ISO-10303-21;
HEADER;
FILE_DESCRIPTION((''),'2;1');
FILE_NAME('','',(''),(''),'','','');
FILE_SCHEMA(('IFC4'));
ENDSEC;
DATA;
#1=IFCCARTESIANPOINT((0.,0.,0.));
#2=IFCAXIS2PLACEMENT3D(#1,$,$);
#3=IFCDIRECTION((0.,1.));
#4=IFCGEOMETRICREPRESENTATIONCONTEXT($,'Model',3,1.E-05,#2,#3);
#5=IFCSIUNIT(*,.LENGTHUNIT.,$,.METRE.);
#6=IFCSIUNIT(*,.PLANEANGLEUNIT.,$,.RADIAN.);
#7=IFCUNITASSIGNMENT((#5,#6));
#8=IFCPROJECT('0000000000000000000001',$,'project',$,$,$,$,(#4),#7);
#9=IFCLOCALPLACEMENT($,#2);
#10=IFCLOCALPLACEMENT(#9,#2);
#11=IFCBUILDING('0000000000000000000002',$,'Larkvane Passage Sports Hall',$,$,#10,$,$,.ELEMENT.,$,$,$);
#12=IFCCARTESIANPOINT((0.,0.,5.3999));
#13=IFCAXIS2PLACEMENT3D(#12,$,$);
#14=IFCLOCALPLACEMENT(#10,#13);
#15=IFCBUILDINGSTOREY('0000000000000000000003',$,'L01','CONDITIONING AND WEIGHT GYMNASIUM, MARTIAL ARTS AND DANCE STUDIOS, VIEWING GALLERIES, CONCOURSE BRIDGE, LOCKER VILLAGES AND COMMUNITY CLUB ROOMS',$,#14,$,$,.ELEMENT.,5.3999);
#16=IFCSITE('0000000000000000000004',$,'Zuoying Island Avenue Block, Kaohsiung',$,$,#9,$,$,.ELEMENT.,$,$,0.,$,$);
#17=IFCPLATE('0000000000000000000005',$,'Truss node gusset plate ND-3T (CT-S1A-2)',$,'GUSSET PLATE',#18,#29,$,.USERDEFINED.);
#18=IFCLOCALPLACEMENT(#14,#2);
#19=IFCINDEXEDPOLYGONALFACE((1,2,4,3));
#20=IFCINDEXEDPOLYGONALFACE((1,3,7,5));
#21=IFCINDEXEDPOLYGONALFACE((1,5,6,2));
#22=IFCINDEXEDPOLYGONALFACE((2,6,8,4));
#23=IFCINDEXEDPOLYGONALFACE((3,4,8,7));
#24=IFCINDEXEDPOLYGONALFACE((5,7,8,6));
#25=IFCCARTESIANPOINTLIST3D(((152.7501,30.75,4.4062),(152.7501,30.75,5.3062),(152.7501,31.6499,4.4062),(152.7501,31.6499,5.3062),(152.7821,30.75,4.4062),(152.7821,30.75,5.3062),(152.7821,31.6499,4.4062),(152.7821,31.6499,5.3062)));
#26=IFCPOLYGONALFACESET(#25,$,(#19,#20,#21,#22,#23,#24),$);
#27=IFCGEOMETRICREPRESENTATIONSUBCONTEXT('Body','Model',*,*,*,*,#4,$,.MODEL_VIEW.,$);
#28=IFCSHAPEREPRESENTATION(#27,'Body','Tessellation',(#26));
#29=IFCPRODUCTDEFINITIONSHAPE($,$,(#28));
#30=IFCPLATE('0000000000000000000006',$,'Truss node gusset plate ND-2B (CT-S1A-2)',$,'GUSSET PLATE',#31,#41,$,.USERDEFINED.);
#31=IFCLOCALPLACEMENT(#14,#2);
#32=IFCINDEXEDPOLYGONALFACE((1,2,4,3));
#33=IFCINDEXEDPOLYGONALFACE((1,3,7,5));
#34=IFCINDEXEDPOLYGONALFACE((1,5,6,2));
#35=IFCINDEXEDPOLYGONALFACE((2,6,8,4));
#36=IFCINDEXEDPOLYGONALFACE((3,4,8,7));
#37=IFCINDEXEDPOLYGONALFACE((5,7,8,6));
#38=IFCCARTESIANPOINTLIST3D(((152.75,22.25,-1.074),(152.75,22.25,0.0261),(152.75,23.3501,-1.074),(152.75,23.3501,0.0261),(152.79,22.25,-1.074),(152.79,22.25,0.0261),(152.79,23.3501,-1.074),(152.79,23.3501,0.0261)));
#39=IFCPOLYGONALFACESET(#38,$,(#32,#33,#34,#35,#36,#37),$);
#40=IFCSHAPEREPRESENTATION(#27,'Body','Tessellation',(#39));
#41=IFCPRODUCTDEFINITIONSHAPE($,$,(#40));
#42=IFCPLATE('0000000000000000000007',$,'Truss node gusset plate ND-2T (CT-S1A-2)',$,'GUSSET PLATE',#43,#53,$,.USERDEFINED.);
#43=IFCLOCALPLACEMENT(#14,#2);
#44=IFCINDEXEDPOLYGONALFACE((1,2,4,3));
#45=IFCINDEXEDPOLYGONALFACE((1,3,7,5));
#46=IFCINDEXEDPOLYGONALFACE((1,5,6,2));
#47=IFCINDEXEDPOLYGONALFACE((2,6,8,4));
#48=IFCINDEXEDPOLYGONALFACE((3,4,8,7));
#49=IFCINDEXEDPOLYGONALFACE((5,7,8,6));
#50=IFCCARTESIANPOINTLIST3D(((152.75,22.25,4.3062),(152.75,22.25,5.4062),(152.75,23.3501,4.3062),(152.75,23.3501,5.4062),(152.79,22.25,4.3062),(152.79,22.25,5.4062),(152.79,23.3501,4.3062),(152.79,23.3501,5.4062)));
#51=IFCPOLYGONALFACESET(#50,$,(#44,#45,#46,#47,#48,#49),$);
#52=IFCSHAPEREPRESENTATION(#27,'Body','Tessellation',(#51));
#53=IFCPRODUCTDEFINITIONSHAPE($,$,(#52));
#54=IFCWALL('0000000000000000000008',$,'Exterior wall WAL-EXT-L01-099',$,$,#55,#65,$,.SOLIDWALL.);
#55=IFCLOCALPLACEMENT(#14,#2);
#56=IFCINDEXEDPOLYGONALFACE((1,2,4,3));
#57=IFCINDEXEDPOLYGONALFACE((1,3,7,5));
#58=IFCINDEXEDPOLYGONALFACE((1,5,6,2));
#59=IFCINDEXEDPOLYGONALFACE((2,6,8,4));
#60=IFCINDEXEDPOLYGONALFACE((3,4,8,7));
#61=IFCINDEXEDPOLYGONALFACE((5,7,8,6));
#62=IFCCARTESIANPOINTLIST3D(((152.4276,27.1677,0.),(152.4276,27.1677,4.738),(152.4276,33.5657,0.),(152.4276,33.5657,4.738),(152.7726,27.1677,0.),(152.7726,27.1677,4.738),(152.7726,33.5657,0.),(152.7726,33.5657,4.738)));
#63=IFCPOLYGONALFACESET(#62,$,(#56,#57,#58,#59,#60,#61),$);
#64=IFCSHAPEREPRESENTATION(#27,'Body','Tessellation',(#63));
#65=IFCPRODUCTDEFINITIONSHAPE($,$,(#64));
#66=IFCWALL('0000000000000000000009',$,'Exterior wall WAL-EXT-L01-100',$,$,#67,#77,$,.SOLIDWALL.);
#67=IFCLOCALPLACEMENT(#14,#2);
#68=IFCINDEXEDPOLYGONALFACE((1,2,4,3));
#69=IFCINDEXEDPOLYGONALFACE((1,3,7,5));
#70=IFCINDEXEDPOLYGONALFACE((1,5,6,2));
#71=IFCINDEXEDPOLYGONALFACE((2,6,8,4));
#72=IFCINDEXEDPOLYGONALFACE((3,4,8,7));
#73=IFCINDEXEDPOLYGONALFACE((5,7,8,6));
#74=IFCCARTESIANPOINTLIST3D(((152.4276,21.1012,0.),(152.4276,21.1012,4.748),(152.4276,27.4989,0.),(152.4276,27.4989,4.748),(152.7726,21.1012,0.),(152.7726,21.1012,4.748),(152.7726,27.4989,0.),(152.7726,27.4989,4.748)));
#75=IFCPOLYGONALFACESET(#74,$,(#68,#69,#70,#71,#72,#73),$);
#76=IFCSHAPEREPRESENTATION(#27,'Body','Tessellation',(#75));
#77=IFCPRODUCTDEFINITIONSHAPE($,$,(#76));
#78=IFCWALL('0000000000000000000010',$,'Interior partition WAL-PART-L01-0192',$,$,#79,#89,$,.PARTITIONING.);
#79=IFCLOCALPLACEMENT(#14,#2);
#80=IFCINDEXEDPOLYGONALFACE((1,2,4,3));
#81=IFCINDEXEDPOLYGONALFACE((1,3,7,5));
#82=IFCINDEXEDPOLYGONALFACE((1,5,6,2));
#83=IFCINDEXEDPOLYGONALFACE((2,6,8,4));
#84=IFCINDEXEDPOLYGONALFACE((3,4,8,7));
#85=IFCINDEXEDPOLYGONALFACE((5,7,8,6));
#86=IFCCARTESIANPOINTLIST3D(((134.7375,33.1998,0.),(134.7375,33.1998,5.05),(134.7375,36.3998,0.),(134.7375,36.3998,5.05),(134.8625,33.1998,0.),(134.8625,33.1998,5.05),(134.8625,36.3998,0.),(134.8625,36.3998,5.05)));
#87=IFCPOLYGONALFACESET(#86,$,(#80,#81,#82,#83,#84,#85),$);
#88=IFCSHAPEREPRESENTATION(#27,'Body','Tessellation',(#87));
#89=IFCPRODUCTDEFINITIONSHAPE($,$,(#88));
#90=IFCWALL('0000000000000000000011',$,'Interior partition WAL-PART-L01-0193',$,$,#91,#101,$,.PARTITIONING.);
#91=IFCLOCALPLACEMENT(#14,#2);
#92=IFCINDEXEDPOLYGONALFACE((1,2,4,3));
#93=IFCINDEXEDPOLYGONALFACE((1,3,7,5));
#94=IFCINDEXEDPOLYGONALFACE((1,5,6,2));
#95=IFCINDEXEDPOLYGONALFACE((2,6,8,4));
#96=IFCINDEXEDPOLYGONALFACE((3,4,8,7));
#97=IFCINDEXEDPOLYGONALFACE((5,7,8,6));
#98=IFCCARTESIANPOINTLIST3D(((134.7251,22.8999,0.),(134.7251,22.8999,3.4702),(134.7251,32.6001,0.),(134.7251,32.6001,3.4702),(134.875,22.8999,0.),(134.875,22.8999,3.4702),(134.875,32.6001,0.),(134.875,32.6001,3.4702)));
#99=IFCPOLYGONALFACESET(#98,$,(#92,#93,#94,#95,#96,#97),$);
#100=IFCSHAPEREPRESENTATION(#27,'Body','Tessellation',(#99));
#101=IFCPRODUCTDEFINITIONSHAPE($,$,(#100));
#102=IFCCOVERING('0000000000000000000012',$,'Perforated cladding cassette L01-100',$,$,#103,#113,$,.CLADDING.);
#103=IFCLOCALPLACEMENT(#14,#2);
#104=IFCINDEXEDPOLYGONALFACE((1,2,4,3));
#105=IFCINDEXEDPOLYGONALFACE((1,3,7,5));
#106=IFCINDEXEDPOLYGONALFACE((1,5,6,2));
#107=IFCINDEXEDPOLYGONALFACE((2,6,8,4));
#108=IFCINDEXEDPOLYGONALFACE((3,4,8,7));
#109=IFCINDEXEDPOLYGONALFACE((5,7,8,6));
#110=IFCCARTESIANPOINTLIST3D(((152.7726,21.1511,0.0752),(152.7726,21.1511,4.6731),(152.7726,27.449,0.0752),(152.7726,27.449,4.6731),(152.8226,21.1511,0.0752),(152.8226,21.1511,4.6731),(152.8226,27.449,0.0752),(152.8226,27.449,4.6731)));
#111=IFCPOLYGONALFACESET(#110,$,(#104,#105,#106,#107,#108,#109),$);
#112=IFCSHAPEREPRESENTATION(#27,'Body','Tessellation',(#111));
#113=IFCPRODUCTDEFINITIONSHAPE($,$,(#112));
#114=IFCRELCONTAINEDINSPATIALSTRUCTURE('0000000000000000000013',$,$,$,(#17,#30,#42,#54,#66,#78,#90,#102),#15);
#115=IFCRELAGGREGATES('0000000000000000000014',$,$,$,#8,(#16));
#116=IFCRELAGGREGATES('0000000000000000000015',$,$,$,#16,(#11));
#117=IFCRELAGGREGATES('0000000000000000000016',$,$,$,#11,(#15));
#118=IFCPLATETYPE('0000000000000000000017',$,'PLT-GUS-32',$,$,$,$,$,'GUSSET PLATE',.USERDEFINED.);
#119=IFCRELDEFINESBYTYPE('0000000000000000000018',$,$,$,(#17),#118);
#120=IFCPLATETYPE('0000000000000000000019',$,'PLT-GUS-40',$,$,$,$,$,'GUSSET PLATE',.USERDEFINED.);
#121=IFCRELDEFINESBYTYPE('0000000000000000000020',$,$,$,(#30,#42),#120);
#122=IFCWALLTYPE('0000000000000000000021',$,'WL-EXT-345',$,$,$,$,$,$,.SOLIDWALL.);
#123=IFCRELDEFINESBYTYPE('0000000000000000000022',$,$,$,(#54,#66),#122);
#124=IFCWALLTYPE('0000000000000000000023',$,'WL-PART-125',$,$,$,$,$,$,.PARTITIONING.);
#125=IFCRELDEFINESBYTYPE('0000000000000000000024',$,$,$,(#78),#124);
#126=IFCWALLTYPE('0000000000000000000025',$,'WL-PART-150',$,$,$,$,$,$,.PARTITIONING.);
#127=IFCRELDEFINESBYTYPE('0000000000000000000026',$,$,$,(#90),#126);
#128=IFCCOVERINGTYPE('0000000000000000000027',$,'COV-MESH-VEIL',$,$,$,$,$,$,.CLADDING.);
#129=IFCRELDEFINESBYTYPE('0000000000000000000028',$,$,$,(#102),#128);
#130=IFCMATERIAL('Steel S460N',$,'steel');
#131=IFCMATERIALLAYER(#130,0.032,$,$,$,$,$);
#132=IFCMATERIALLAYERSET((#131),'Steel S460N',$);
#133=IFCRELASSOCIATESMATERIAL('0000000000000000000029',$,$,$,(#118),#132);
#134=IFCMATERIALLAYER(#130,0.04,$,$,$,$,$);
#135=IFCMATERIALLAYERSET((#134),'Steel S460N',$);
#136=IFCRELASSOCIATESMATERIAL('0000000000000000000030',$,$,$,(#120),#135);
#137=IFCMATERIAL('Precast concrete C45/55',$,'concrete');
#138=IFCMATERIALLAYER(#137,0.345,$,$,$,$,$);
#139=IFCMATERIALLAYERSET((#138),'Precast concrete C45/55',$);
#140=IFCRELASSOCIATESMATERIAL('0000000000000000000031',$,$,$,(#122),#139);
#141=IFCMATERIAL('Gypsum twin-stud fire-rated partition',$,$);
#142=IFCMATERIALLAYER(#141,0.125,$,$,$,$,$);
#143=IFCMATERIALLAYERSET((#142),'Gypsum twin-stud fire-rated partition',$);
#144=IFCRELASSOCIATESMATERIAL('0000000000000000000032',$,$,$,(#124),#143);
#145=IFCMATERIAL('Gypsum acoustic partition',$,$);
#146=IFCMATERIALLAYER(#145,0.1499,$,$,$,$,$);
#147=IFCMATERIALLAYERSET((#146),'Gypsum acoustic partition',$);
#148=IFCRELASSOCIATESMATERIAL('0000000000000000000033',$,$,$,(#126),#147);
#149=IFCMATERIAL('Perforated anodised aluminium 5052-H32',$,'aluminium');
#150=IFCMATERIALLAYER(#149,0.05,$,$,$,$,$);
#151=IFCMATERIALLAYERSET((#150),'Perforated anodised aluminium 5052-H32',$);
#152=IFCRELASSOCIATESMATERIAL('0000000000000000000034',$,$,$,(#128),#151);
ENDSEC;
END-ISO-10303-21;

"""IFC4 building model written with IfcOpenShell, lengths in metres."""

from ifc_helpers import new_model, si_unit, direction, frame, frame_2d, origin, origin_2d, place, context, subcontext, project, spatial, rectangle, extrude, material, layer, layer_set, type_object, element, save


model = new_model("IFC4")

# Units and contexts
model_context = context("Model", 3, precision=1e-05, world=origin(), true_north=direction((0.0, 1.0)))
body_context = subcontext(model_context, "Body", "Model", "MODEL_VIEW")
ifc_project = project(units=[si_unit("LENGTHUNIT", "METRE"), si_unit("PLANEANGLEUNIT", "RADIAN")], contexts=[model_context])

# Site, building, storey
site_placement = place(None, origin())
site = spatial("IfcSite", under=ifc_project, at=site_placement, Name="Zuoying Island Avenue Block, Kaohsiung", CompositionType="ELEMENT", RefElevation=0.0)
building_placement = place(site_placement, origin())
building = spatial("IfcBuilding", under=site, at=building_placement, Name="Larkvane Passage Sports Hall", CompositionType="ELEMENT")
storey_placement = place(building_placement, frame((0.0, 0.0, 5.3999)))
storey = spatial("IfcBuildingStorey", under=building, at=storey_placement, Name="L01", Description="CONDITIONING AND WEIGHT GYMNASIUM, MARTIAL ARTS AND DANCE STUDIOS, VIEWING GALLERIES, CONCOURSE BRIDGE, LOCKER VILLAGES AND COMMUNITY CLUB ROOMS", CompositionType="ELEMENT", Elevation=5.3999)

# Shared definitions
ifc_material_1 = material(Name="Steel S460N", Category="steel")

# Plates
ifc_layer_1 = layer(ifc_material_1, 0.032)
ifc_layer_set_1 = layer_set([ifc_layer_1], Name="Steel S460N")
plate_type_1 = type_object("IfcPlateType", Name="PLT-GUS-32", ElementType="GUSSET PLATE", PredefinedType="USERDEFINED", material=ifc_layer_set_1)
for number, where, z_axis, x_axis, name in (
    (1, (152.7661, 31.2, 4.4062), (0.0, 0.0, 1.0), (0.0, 1.0, 0.0), "Truss node gusset plate ND-3T (CT-S1A-2)"),
):
    element("IfcPlate", number, at=place(storey_placement, frame(where, z_axis=z_axis, x_axis=x_axis)), inside=storey, type_object=plate_type_1, Name=name, ObjectType="GUSSET PLATE", PredefinedType="USERDEFINED", context=body_context, shape_type="SweptSolid", body=[
        extrude(rectangle(XDim=0.8999, YDim=0.032, at=origin_2d()), origin(), (0.0, 0.0, 1.0), 0.8999),
    ])
ifc_layer_2 = layer(ifc_material_1, 0.04)
ifc_layer_set_2 = layer_set([ifc_layer_2], Name="Steel S460N")
plate_type_2 = type_object("IfcPlateType", Name="PLT-GUS-40", ElementType="GUSSET PLATE", PredefinedType="USERDEFINED", material=ifc_layer_set_2)
for number, where, z_axis, x_axis, name in (
    (2, (152.77, 22.8, -1.074), (0.0, 0.0, 1.0), (0.0, 1.0, 0.0), "Truss node gusset plate ND-2B (CT-S1A-2)"),
    (3, (152.77, 22.8, 4.3062), (0.0, 0.0, 1.0), (0.0, 1.0, 0.0), "Truss node gusset plate ND-2T (CT-S1A-2)"),
):
    element("IfcPlate", number, at=place(storey_placement, frame(where, z_axis=z_axis, x_axis=x_axis)), inside=storey, type_object=plate_type_2, Name=name, ObjectType="GUSSET PLATE", PredefinedType="USERDEFINED", context=body_context, shape_type="SweptSolid", body=[
        extrude(rectangle(XDim=1.1001, YDim=0.04, at=origin_2d()), origin(), (0.0, 0.0, 1.0), 1.1001),
    ])

# Walls
ifc_material_2 = material(Name="Precast concrete C45/55", Category="concrete")
ifc_layer_3 = layer(ifc_material_2, 0.345)
ifc_layer_set_3 = layer_set([ifc_layer_3], Name="Precast concrete C45/55")
wall_type_1 = type_object("IfcWallType", Name="WL-EXT-345", PredefinedType="SOLIDWALL", material=ifc_layer_set_3)
wall_1_placement = place(storey_placement, frame((152.6001, 33.5657, 0.0), z_axis=(0.0, 0.0, 1.0), x_axis=(0.0, -1.0, 0.0)))
element("IfcWall", 4, at=wall_1_placement, inside=storey, type_object=wall_type_1, Name="Exterior wall WAL-EXT-L01-099", PredefinedType="SOLIDWALL", context=body_context, shape_type="SweptSolid", body=[
    extrude(rectangle(XDim=6.3979, YDim=0.345, at=frame_2d((3.199, 0.0))), origin(), (0.0, 0.0, 1.0), 4.738),
])
wall_2_placement = place(storey_placement, frame((152.6001, 27.4988, 0.0), z_axis=(0.0, 0.0, 1.0), x_axis=(0.0, -1.0, 0.0)))
element("IfcWall", 5, at=wall_2_placement, inside=storey, type_object=wall_type_1, Name="Exterior wall WAL-EXT-L01-100", PredefinedType="SOLIDWALL", context=body_context, shape_type="SweptSolid", body=[
    extrude(rectangle(XDim=6.3977, YDim=0.345, at=frame_2d((3.1987, 0.0))), origin(), (0.0, 0.0, 1.0), 4.748),
])
ifc_material_3 = material(Name="Gypsum twin-stud fire-rated partition")
ifc_layer_4 = layer(ifc_material_3, 0.125)
ifc_layer_set_4 = layer_set([ifc_layer_4], Name="Gypsum twin-stud fire-rated partition")
wall_type_2 = type_object("IfcWallType", Name="WL-PART-125", PredefinedType="PARTITIONING", material=ifc_layer_set_4)
wall_3_placement = place(storey_placement, frame((134.8, 36.3999, 0.0), z_axis=(0.0, 0.0, 1.0), x_axis=(0.0, -1.0, 0.0)))
element("IfcWall", 6, at=wall_3_placement, inside=storey, type_object=wall_type_2, Name="Interior partition WAL-PART-L01-0192", PredefinedType="PARTITIONING", context=body_context, shape_type="SweptSolid", body=[
    extrude(rectangle(XDim=3.2, YDim=0.125, at=frame_2d((1.6001, 0.0))), origin(), (0.0, 0.0, 1.0), 5.05),
])
ifc_material_4 = material(Name="Gypsum acoustic partition")
ifc_layer_5 = layer(ifc_material_4, 0.1499)
ifc_layer_set_5 = layer_set([ifc_layer_5], Name="Gypsum acoustic partition")
wall_type_3 = type_object("IfcWallType", Name="WL-PART-150", PredefinedType="PARTITIONING", material=ifc_layer_set_5)
wall_4_placement = place(storey_placement, frame((134.8, 32.6001, 0.0), z_axis=(0.0, 0.0, 1.0), x_axis=(0.0, -1.0, 0.0)))
element("IfcWall", 7, at=wall_4_placement, inside=storey, type_object=wall_type_3, Name="Interior partition WAL-PART-L01-0193", PredefinedType="PARTITIONING", context=body_context, shape_type="SweptSolid", body=[
    extrude(rectangle(XDim=9.7002, YDim=0.1499, at=frame_2d((4.8501, 0.0))), origin(), (0.0, 0.0, 1.0), 3.4702),
])

# Covering
ifc_material_5 = material(Name="Perforated anodised aluminium 5052-H32", Category="aluminium")
ifc_layer_6 = layer(ifc_material_5, 0.05)
ifc_layer_set_6 = layer_set([ifc_layer_6], Name="Perforated anodised aluminium 5052-H32")
covering_type = type_object("IfcCoveringType", Name="COV-MESH-VEIL", PredefinedType="CLADDING", material=ifc_layer_set_6)
covering_placement = place(storey_placement, frame((152.7976, 24.3, 0.0752), z_axis=(0.0, 0.0, 1.0), x_axis=(0.0, -1.0, 0.0)))
element("IfcCovering", 8, at=covering_placement, inside=storey, type_object=covering_type, Name="Perforated cladding cassette L01-100", PredefinedType="CLADDING", context=body_context, shape_type="SweptSolid", body=[
    extrude(rectangle(XDim=6.2979, YDim=0.05, at=origin_2d()), origin(), (0.0, 0.0, 1.0), 4.5979),
])

save(model, "model.ifc")
